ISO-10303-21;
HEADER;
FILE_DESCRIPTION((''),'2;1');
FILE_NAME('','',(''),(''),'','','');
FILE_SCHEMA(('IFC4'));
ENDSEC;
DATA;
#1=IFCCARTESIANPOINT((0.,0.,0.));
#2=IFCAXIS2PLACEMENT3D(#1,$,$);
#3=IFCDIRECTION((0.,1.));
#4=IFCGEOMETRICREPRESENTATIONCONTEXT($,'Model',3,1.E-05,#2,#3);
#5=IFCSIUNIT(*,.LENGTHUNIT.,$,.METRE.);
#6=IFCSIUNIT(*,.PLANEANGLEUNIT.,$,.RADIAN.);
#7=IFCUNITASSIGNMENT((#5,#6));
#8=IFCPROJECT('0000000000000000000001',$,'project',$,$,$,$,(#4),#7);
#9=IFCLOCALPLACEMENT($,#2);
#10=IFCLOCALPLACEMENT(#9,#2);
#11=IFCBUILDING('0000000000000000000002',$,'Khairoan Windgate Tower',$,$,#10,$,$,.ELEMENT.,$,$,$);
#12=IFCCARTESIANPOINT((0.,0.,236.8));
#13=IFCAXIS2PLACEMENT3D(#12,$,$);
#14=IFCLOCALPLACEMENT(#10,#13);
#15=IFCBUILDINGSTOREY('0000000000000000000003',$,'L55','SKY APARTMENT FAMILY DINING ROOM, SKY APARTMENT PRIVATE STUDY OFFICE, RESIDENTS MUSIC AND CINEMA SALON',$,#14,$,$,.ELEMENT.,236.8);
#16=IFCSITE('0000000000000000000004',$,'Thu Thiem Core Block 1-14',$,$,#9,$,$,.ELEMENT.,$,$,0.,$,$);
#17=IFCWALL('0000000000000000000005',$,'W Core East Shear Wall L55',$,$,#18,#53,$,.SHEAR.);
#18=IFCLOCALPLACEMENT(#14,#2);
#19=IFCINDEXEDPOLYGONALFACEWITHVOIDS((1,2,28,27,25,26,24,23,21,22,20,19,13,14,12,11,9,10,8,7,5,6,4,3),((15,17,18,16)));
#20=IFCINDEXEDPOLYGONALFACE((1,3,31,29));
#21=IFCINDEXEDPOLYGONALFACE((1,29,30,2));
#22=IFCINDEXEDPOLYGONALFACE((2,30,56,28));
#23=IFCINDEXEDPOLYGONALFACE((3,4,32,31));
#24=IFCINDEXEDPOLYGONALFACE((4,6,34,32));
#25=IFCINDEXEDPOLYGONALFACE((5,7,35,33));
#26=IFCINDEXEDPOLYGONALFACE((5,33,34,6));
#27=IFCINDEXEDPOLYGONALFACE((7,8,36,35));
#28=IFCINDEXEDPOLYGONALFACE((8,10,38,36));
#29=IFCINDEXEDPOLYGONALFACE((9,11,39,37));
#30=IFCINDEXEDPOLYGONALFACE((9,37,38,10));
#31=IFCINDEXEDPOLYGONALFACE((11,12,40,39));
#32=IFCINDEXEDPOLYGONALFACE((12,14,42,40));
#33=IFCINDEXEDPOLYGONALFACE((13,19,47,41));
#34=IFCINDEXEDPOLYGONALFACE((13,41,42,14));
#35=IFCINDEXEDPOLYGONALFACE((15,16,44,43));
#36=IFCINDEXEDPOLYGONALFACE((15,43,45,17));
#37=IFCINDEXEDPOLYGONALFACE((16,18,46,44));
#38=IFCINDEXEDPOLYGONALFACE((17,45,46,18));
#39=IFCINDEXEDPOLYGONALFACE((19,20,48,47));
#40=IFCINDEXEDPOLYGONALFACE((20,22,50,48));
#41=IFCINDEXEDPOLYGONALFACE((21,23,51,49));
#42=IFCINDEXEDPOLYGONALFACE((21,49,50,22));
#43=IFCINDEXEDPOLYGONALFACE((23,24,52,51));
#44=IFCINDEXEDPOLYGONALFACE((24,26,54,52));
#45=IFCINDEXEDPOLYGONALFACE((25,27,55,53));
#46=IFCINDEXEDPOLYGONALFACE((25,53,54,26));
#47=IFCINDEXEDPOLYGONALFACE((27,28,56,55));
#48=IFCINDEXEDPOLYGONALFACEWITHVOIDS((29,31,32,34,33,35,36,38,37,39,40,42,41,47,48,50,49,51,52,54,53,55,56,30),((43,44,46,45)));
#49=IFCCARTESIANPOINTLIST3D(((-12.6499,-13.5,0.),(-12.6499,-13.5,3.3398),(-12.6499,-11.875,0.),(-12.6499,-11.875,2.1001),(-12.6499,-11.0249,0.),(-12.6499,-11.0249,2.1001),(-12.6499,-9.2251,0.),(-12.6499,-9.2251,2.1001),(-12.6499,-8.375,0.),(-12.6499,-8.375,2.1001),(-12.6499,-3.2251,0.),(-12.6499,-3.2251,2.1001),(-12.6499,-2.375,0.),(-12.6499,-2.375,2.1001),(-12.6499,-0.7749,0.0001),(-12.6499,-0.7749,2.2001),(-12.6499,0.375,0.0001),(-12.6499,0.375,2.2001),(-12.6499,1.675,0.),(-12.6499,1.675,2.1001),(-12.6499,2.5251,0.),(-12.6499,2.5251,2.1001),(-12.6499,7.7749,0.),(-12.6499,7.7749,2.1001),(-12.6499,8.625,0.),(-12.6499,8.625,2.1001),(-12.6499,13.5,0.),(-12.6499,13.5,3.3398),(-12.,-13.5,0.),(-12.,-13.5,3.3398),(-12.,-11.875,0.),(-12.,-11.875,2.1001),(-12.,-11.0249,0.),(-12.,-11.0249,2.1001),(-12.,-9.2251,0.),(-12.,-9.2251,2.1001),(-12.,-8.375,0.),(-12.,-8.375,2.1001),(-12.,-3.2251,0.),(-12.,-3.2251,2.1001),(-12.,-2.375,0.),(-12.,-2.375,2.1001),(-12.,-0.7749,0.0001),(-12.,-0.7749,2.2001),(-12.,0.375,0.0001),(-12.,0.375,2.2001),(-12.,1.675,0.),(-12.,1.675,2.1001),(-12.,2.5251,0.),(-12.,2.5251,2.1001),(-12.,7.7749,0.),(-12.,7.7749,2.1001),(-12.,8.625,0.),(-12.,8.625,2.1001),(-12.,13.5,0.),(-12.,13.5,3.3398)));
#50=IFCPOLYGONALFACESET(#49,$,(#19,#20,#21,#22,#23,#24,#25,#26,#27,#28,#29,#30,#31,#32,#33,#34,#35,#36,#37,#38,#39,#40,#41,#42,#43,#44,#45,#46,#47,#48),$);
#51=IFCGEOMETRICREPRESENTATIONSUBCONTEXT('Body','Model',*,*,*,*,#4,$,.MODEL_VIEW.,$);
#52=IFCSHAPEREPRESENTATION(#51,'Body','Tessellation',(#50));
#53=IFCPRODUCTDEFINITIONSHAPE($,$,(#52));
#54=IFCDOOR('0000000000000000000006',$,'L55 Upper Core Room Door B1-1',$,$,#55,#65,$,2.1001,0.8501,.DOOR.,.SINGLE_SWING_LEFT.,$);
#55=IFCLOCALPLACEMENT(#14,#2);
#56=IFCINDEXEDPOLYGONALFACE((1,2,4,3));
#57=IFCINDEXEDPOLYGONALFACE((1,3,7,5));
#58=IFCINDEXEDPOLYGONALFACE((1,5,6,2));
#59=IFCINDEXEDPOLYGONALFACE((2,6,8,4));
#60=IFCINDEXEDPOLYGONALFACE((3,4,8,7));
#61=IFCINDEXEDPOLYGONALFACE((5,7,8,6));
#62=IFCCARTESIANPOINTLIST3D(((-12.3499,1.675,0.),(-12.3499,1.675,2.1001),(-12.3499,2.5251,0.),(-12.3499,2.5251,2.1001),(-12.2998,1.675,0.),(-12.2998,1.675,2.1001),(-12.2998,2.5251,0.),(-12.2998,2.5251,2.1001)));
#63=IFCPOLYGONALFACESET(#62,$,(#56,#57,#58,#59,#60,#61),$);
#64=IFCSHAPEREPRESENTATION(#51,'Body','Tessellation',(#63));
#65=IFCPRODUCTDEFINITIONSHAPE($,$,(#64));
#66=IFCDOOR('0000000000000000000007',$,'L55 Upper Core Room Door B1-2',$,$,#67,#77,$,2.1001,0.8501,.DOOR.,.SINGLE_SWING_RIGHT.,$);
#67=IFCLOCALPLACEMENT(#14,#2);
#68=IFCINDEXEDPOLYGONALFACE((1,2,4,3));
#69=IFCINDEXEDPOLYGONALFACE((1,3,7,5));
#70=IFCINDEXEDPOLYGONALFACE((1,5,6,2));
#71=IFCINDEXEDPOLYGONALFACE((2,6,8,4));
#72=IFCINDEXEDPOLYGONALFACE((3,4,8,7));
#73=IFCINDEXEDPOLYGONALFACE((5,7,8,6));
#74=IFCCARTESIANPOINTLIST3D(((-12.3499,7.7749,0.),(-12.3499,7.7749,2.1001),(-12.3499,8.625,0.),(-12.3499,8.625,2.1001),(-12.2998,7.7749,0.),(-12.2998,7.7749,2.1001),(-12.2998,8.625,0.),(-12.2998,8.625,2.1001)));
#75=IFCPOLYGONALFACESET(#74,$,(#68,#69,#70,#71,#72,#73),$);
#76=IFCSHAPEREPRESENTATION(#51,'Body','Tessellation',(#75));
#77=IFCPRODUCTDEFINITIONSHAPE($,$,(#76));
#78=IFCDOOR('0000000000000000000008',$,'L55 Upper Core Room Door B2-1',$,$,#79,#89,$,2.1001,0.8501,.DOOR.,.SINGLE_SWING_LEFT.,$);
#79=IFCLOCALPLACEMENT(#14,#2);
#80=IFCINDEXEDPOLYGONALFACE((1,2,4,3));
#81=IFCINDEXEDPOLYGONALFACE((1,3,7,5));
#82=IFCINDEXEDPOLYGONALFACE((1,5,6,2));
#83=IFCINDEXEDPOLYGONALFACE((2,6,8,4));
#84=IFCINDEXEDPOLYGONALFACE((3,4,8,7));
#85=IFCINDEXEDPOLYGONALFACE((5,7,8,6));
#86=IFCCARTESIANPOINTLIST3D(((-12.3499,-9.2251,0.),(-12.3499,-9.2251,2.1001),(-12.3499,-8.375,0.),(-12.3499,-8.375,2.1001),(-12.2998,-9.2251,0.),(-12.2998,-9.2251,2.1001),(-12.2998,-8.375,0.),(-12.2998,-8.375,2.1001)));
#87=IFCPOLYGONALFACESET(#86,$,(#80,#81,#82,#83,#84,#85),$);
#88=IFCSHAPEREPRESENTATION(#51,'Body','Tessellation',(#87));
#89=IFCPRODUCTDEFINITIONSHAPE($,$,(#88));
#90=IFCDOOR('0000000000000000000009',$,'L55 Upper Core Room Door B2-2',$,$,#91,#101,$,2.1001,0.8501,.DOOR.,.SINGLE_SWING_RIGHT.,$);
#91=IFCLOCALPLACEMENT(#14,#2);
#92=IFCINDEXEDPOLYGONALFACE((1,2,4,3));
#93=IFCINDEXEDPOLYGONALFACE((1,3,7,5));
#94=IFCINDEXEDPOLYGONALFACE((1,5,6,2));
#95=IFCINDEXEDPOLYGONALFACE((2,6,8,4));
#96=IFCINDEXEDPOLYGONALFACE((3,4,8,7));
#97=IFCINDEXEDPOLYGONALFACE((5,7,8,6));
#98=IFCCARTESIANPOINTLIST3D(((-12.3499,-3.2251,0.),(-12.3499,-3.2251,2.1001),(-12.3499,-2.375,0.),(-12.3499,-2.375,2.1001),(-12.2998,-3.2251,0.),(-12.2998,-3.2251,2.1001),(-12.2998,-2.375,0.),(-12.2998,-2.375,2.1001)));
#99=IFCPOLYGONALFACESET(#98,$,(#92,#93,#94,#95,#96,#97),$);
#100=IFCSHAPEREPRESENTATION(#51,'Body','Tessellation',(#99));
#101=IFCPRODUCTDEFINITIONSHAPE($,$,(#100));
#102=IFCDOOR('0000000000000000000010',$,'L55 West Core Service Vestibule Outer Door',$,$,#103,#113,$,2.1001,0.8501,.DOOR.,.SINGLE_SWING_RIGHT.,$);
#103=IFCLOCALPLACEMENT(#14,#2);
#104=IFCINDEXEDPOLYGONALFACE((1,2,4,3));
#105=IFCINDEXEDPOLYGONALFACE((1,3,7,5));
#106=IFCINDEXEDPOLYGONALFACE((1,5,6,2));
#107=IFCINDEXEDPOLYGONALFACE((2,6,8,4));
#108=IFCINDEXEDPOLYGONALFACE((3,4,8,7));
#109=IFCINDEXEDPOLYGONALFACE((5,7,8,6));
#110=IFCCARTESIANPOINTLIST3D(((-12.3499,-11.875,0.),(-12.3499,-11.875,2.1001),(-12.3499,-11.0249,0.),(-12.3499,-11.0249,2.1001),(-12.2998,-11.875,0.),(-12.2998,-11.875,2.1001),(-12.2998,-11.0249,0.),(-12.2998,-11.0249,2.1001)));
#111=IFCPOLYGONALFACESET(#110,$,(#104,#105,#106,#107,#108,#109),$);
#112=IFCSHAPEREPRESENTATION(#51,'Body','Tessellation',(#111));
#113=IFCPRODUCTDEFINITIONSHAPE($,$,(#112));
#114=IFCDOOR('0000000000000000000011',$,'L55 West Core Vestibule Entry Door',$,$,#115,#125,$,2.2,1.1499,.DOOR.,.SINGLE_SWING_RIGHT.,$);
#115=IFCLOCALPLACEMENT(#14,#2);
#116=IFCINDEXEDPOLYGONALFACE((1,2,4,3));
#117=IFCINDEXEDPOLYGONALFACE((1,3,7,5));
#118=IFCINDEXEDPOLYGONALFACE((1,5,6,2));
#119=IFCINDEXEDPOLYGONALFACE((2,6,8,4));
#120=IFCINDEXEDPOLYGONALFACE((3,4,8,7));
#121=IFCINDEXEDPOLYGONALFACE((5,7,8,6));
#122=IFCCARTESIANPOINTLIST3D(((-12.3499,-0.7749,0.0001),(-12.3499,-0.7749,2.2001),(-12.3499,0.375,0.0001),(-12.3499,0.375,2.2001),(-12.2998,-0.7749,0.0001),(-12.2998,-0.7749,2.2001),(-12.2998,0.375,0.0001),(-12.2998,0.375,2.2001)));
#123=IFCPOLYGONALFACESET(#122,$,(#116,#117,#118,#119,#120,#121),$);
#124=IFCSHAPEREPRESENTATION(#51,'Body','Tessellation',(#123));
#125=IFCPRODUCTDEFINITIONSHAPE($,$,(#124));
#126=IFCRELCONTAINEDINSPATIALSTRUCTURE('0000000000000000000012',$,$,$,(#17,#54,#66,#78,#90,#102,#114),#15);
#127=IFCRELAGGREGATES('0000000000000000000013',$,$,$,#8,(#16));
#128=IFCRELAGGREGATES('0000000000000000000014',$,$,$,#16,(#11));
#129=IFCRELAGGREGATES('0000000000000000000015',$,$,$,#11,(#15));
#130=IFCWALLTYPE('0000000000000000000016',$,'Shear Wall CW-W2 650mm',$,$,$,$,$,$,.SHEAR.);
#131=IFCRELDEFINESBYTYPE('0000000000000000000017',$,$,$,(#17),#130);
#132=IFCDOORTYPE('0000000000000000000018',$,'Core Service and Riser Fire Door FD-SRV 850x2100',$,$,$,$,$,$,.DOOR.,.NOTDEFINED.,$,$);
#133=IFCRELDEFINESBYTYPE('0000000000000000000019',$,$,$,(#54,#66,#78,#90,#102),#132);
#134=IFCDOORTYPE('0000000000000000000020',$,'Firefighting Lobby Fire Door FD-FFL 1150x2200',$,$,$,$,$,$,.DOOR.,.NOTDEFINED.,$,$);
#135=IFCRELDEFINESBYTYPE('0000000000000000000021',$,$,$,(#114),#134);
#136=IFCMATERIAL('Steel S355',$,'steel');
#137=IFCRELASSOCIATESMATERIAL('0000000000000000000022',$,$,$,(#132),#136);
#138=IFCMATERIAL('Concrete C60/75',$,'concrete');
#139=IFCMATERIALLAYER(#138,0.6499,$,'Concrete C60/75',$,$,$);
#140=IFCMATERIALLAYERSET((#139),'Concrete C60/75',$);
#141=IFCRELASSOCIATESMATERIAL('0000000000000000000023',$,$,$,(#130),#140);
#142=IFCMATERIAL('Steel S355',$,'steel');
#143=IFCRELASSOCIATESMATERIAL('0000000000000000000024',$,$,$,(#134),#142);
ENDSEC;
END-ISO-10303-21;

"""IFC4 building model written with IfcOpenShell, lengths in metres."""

from ifc_helpers import new_model, si_unit, direction, frame, frame_2d, origin, place, context, subcontext, project, spatial, rectangle, extrude, material, layer, layer_set, type_object, element, fill, save


model = new_model("IFC4")

# Units and contexts
model_context = context("Model", 3, precision=1e-05, world=origin(), true_north=direction((0.0, 1.0)))
body_context = subcontext(model_context, "Body", "Model", "MODEL_VIEW")
ifc_project = project(units=[si_unit("LENGTHUNIT", "METRE"), si_unit("PLANEANGLEUNIT", "RADIAN")], contexts=[model_context])

# Site, building, storey
site_placement = place(None, origin())
site = spatial("IfcSite", under=ifc_project, at=site_placement, Name="Thu Thiem Core Block 1-14", CompositionType="ELEMENT", RefElevation=0.0)
building_placement = place(site_placement, origin())
building = spatial("IfcBuilding", under=site, at=building_placement, Name="Khairoan Windgate Tower", CompositionType="ELEMENT")
storey_placement = place(building_placement, frame((0.0, 0.0, 236.8)))
storey = spatial("IfcBuildingStorey", under=building, at=storey_placement, Name="L55", Description="SKY APARTMENT FAMILY DINING ROOM, SKY APARTMENT PRIVATE STUDY OFFICE, RESIDENTS MUSIC AND CINEMA SALON", CompositionType="ELEMENT", Elevation=236.8)

# Shared definitions
ifc_material_1 = material(Name="Steel S355", Category="steel")
door_type_1 = type_object("IfcDoorType", Name="Core Service and Riser Fire Door FD-SRV 850x2100", OperationType="NOTDEFINED", PredefinedType="DOOR", material=ifc_material_1)

# Wall, openings, doors
ifc_material_2 = material(Name="Concrete C60/75", Category="concrete")
ifc_layer_1 = layer(ifc_material_2, 0.6499, Name="Concrete C60/75")
ifc_layer_set_1 = layer_set([ifc_layer_1], Name="Concrete C60/75")
wall_type_1 = type_object("IfcWallType", Name="Shear Wall CW-W2 650mm", PredefinedType="SHEAR", material=ifc_layer_set_1)
wall_1_placement = place(storey_placement, frame((-12.325, -13.5, 0.0), z_axis=(0.0, 0.0, 1.0), x_axis=(0.0, 1.0, 0.0)))
wall_1 = element("IfcWall", 1, at=wall_1_placement, inside=storey, type_object=wall_type_1, Name="W Core East Shear Wall L55", PredefinedType="SHEAR", context=body_context, shape_type="SweptSolid", body=[
    extrude(rectangle(XDim=27.0, YDim=0.6499, at=frame_2d((13.5, 0.0))), origin(), (0.0, 0.0, 1.0), 3.3398),
])
opening_1_placement = place(wall_1_placement, frame((15.175, 0.0, 0.0)))
opening_1 = element("IfcOpeningElement", 2, at=opening_1_placement, cuts=wall_1, PredefinedType="OPENING", context=body_context, shape_type="SweptSolid", body=[
    extrude(rectangle(XDim=0.8501, YDim=2.1001, at=frame_2d((0.425, 1.05))), frame((0.0, 0.335, 0.0), z_axis=(0.0, -1.0, 0.0), x_axis=(1.0, 0.0, 0.0)), (0.0, 0.0, 1.0), 0.6699),
])
opening_2_placement = place(wall_1_placement, frame((21.2749, 0.0, 0.0)))
opening_2 = element("IfcOpeningElement", 3, at=opening_2_placement, cuts=wall_1, PredefinedType="OPENING", context=body_context, shape_type="SweptSolid", body=[
    extrude(rectangle(XDim=0.8501, YDim=2.1001, at=frame_2d((0.425, 1.05))), frame((0.0, 0.335, 0.0), z_axis=(0.0, -1.0, 0.0), x_axis=(1.0, 0.0, 0.0)), (0.0, 0.0, 1.0), 0.6699),
])
opening_3_placement = place(wall_1_placement, frame((4.2749, 0.0, 0.0)))
opening_3 = element("IfcOpeningElement", 4, at=opening_3_placement, cuts=wall_1, PredefinedType="OPENING", context=body_context, shape_type="SweptSolid", body=[
    extrude(rectangle(XDim=0.8501, YDim=2.1001, at=frame_2d((0.425, 1.05))), frame((0.0, 0.335, 0.0), z_axis=(0.0, -1.0, 0.0), x_axis=(1.0, 0.0, 0.0)), (0.0, 0.0, 1.0), 0.6699),
])
opening_4_placement = place(wall_1_placement, frame((10.2749, 0.0, 0.0)))
opening_4 = element("IfcOpeningElement", 5, at=opening_4_placement, cuts=wall_1, PredefinedType="OPENING", context=body_context, shape_type="SweptSolid", body=[
    extrude(rectangle(XDim=0.8501, YDim=2.1001, at=frame_2d((0.425, 1.05))), frame((0.0, 0.335, 0.0), z_axis=(0.0, -1.0, 0.0), x_axis=(1.0, 0.0, 0.0)), (0.0, 0.0, 1.0), 0.6699),
])
opening_5_placement = place(wall_1_placement, frame((12.7251, 0.0, 0.0)))
opening_5 = element("IfcOpeningElement", 6, at=opening_5_placement, cuts=wall_1, PredefinedType="OPENING", context=body_context, shape_type="SweptSolid", body=[
    extrude(rectangle(XDim=1.1499, YDim=2.2, at=frame_2d((0.575, 1.1001))), frame((0.0, 0.335, 0.0), z_axis=(0.0, -1.0, 0.0), x_axis=(1.0, 0.0, 0.0)), (0.0, 0.0, 1.0), 0.6699),
])
opening_6_placement = place(wall_1_placement, frame((1.625, 0.0, 0.0)))
opening_6 = element("IfcOpeningElement", 7, at=opening_6_placement, cuts=wall_1, PredefinedType="OPENING", context=body_context, shape_type="SweptSolid", body=[
    extrude(rectangle(XDim=0.8501, YDim=2.1001, at=frame_2d((0.425, 1.05))), frame((0.0, 0.335, 0.0), z_axis=(0.0, -1.0, 0.0), x_axis=(1.0, 0.0, 0.0)), (0.0, 0.0, 1.0), 0.6699),
])
door_1_placement = place(opening_1_placement, origin())
door_1 = element("IfcDoor", 8, at=door_1_placement, inside=storey, type_object=door_type_1, Name="L55 Upper Core Room Door B1-1", OperationType="SINGLE_SWING_LEFT", OverallHeight=2.1001, OverallWidth=0.8501, PredefinedType="DOOR", context=body_context, shape_type="SweptSolid", body=[
    extrude(rectangle(XDim=0.8501, YDim=2.1001, at=frame_2d((0.425, 1.05))), frame((0.0, 0.0249, 0.0), z_axis=(0.0, -1.0, 0.0), x_axis=(1.0, 0.0, 0.0)), (0.0, 0.0, 1.0), 0.05),
])
fill(opening_1, door_1)
door_2_placement = place(opening_2_placement, origin())
door_2 = element("IfcDoor", 9, at=door_2_placement, inside=storey, type_object=door_type_1, Name="L55 Upper Core Room Door B1-2", OperationType="SINGLE_SWING_RIGHT", OverallHeight=2.1001, OverallWidth=0.8501, PredefinedType="DOOR", context=body_context, shape_type="SweptSolid", body=[
    extrude(rectangle(XDim=0.8501, YDim=2.1001, at=frame_2d((0.425, 1.05))), frame((0.0, 0.0249, 0.0), z_axis=(0.0, -1.0, 0.0), x_axis=(1.0, 0.0, 0.0)), (0.0, 0.0, 1.0), 0.05),
])
fill(opening_2, door_2)
door_3_placement = place(opening_3_placement, origin())
door_3 = element("IfcDoor", 10, at=door_3_placement, inside=storey, type_object=door_type_1, Name="L55 Upper Core Room Door B2-1", OperationType="SINGLE_SWING_LEFT", OverallHeight=2.1001, OverallWidth=0.8501, PredefinedType="DOOR", context=body_context, shape_type="SweptSolid", body=[
    extrude(rectangle(XDim=0.8501, YDim=2.1001, at=frame_2d((0.425, 1.05))), frame((0.0, 0.0249, 0.0), z_axis=(0.0, -1.0, 0.0), x_axis=(1.0, 0.0, 0.0)), (0.0, 0.0, 1.0), 0.05),
])
fill(opening_3, door_3)
door_4_placement = place(opening_4_placement, origin())
door_4 = element("IfcDoor", 11, at=door_4_placement, inside=storey, type_object=door_type_1, Name="L55 Upper Core Room Door B2-2", OperationType="SINGLE_SWING_RIGHT", OverallHeight=2.1001, OverallWidth=0.8501, PredefinedType="DOOR", context=body_context, shape_type="SweptSolid", body=[
    extrude(rectangle(XDim=0.8501, YDim=2.1001, at=frame_2d((0.425, 1.05))), frame((0.0, 0.0249, 0.0), z_axis=(0.0, -1.0, 0.0), x_axis=(1.0, 0.0, 0.0)), (0.0, 0.0, 1.0), 0.05),
])
fill(opening_4, door_4)
door_5_placement = place(opening_6_placement, origin())
door_5 = element("IfcDoor", 12, at=door_5_placement, inside=storey, type_object=door_type_1, Name="L55 West Core Service Vestibule Outer Door", OperationType="SINGLE_SWING_RIGHT", OverallHeight=2.1001, OverallWidth=0.8501, PredefinedType="DOOR", context=body_context, shape_type="SweptSolid", body=[
    extrude(rectangle(XDim=0.8501, YDim=2.1001, at=frame_2d((0.425, 1.05))), frame((0.0, 0.0249, 0.0), z_axis=(0.0, -1.0, 0.0), x_axis=(1.0, 0.0, 0.0)), (0.0, 0.0, 1.0), 0.05),
])
fill(opening_6, door_5)
ifc_material_3 = material(Name="Steel S355", Category="steel")
door_type_2 = type_object("IfcDoorType", Name="Firefighting Lobby Fire Door FD-FFL 1150x2200", OperationType="NOTDEFINED", PredefinedType="DOOR", material=ifc_material_3)
door_6_placement = place(opening_5_placement, origin())
door_6 = element("IfcDoor", 13, at=door_6_placement, inside=storey, type_object=door_type_2, Name="L55 West Core Vestibule Entry Door", OperationType="SINGLE_SWING_RIGHT", OverallHeight=2.2, OverallWidth=1.1499, PredefinedType="DOOR", context=body_context, shape_type="SweptSolid", body=[
    extrude(rectangle(XDim=1.1499, YDim=2.2, at=frame_2d((0.575, 1.1001))), frame((0.0, 0.0249, 0.0), z_axis=(0.0, -1.0, 0.0), x_axis=(1.0, 0.0, 0.0)), (0.0, 0.0, 1.0), 0.05),
])
fill(opening_5, door_6)

save(model, "model.ifc")
